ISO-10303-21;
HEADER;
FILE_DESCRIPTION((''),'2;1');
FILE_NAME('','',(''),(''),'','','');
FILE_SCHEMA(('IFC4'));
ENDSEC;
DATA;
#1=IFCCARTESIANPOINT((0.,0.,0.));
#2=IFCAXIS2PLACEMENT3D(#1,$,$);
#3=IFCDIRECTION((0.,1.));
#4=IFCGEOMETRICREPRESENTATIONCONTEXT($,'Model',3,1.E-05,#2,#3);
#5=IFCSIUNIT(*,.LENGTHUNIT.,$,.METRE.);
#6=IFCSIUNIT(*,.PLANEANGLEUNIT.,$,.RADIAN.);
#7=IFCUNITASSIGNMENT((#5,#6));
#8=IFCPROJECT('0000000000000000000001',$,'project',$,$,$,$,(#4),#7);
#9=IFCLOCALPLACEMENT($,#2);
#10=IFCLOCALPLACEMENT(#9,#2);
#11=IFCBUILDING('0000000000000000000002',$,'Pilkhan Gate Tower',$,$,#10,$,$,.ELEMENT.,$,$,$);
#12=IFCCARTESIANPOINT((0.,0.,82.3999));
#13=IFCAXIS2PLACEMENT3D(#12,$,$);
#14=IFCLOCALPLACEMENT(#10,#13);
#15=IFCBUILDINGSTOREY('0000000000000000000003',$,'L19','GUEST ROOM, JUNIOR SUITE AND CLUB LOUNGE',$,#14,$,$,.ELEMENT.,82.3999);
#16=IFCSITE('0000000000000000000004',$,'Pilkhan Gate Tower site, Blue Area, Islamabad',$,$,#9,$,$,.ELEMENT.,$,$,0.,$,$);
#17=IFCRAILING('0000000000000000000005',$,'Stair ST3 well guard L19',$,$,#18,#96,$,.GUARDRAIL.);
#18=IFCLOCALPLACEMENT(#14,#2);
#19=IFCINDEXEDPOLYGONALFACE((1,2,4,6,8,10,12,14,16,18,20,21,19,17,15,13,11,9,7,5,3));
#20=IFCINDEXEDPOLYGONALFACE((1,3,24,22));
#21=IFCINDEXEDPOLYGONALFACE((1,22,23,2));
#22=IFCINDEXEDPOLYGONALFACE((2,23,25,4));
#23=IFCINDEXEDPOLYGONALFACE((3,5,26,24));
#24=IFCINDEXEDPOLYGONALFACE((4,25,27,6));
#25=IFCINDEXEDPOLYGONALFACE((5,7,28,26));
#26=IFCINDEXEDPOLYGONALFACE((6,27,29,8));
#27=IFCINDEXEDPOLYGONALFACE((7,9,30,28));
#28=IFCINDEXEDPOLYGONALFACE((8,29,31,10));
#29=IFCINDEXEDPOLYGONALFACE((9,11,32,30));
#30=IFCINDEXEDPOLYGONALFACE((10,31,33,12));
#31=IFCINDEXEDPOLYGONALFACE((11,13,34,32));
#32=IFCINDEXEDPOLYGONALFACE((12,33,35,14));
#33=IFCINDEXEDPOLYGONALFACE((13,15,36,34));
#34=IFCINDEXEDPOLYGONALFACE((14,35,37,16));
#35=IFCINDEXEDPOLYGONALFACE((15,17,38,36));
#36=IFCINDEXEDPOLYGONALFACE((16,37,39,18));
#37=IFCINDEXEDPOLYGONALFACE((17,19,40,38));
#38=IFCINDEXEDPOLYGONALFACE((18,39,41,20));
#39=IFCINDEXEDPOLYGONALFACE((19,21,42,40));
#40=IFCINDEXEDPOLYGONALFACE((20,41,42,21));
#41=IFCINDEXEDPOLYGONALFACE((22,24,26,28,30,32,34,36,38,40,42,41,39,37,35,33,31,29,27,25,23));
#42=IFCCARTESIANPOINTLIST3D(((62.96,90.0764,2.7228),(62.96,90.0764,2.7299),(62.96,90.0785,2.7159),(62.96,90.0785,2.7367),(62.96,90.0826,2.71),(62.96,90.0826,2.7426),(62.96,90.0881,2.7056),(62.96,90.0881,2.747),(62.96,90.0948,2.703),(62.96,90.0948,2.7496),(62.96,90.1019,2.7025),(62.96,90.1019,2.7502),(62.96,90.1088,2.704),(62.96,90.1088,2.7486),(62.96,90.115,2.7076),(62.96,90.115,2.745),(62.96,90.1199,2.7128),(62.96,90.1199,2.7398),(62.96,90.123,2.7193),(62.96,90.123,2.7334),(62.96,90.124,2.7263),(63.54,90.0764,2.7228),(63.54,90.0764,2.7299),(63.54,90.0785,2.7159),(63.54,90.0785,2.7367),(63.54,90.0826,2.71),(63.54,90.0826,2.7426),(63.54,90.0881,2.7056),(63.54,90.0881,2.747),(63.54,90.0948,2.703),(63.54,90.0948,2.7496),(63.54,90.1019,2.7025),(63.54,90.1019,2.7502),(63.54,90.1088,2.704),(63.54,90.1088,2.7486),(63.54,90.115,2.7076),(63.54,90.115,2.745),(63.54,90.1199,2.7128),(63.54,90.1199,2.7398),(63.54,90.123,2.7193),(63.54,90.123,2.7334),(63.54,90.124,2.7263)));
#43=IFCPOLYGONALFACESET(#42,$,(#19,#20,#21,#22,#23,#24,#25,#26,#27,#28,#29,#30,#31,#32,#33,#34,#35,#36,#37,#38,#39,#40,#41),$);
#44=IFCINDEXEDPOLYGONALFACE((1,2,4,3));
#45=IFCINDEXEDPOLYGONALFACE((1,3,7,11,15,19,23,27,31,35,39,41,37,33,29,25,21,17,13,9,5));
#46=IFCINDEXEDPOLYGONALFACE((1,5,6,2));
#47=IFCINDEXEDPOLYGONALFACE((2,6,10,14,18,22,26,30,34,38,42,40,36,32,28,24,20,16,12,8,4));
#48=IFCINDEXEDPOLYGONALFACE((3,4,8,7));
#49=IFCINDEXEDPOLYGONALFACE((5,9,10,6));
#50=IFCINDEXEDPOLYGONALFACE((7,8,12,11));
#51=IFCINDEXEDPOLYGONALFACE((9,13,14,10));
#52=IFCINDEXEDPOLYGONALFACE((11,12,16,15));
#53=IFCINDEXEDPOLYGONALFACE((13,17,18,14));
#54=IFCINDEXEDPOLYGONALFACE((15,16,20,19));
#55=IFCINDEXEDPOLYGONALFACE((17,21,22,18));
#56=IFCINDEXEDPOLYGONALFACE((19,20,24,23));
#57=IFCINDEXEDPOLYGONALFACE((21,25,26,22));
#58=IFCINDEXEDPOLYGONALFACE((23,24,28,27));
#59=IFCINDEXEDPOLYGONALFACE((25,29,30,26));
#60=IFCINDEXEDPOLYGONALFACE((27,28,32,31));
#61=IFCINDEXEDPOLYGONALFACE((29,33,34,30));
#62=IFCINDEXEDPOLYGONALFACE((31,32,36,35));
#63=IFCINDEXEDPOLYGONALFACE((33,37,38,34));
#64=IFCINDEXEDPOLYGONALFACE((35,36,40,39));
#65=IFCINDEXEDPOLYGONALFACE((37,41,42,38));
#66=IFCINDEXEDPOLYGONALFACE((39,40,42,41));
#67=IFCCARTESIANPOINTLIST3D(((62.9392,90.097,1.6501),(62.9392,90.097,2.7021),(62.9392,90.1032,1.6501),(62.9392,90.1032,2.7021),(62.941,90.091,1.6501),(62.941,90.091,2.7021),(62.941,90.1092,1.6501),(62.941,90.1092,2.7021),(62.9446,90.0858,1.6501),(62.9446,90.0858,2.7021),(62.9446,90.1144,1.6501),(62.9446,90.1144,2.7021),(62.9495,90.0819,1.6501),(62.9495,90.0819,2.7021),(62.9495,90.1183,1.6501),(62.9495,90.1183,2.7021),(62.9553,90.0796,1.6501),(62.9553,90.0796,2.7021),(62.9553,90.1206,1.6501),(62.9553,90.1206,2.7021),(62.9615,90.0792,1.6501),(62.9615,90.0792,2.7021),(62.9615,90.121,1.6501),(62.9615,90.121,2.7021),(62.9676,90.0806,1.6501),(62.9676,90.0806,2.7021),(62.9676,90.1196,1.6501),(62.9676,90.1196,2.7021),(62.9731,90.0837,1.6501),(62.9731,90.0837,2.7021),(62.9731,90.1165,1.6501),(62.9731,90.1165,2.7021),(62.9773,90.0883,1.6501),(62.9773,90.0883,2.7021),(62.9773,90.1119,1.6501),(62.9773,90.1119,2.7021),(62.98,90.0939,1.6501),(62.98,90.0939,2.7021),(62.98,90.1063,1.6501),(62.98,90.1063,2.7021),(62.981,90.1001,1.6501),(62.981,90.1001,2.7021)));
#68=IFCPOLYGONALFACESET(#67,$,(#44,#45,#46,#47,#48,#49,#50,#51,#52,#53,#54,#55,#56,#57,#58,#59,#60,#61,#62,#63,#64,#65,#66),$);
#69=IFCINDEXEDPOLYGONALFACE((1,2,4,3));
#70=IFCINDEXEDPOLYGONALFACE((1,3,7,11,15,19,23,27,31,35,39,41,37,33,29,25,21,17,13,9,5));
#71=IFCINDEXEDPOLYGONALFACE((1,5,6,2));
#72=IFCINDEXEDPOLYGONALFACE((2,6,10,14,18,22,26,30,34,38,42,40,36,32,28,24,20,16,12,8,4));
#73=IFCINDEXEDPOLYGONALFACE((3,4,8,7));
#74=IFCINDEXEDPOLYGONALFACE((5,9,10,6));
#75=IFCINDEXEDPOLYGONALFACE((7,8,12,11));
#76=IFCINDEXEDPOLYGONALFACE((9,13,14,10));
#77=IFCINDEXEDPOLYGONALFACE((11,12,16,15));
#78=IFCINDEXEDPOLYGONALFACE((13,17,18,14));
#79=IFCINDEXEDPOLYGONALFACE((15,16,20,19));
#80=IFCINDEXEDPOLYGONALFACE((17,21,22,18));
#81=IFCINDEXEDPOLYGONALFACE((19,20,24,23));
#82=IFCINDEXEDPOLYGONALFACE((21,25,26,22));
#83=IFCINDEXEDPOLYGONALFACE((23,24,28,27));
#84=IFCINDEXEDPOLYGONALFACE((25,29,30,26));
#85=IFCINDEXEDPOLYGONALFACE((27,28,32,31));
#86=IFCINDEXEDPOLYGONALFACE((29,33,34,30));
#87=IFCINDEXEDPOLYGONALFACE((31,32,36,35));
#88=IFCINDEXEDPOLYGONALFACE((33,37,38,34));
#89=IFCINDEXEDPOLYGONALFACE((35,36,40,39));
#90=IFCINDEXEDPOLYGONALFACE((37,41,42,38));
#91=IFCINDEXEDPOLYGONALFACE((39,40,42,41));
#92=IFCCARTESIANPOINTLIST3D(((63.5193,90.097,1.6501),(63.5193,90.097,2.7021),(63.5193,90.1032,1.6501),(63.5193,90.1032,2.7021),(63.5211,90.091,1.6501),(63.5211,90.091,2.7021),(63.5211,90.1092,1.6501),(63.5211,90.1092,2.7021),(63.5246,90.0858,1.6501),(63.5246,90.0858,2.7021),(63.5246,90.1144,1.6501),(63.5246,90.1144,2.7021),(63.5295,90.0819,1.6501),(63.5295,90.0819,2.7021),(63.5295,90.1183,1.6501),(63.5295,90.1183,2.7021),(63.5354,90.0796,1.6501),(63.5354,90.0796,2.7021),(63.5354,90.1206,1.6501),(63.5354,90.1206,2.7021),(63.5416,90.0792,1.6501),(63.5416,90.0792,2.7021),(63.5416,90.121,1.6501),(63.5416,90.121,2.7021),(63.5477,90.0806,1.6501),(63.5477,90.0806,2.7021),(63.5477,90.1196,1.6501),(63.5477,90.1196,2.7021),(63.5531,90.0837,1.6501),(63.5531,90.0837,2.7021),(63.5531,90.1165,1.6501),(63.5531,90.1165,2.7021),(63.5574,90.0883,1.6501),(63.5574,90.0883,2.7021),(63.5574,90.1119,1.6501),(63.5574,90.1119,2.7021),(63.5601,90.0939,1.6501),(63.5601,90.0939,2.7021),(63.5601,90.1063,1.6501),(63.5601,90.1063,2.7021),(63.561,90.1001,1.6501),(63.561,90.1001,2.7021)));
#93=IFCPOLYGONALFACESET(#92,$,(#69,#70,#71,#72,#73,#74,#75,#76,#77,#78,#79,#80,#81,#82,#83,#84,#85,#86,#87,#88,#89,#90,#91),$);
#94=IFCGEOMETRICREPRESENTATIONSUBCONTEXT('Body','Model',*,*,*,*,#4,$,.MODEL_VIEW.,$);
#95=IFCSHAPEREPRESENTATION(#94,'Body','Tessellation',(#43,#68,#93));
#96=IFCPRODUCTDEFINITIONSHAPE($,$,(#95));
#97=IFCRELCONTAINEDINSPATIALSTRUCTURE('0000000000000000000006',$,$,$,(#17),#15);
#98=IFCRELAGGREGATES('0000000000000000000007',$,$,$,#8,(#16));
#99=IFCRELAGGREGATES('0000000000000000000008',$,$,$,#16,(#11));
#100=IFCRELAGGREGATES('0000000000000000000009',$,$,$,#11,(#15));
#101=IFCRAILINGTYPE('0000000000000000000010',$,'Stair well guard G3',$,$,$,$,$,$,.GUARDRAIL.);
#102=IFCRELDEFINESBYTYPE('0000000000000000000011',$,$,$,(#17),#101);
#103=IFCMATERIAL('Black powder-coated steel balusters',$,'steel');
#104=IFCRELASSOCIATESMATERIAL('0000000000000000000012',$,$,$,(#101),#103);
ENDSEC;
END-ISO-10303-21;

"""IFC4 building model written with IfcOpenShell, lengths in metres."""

from ifc_helpers import new_model, si_unit, direction, frame, origin, origin_2d, place, context, subcontext, project, spatial, circle, extrude, material, type_object, element, save


model = new_model("IFC4")

# Units and contexts
model_context = context("Model", 3, precision=1e-05, world=origin(), true_north=direction((0.0, 1.0)))
body_context = subcontext(model_context, "Body", "Model", "MODEL_VIEW")
ifc_project = project(units=[si_unit("LENGTHUNIT", "METRE"), si_unit("PLANEANGLEUNIT", "RADIAN")], contexts=[model_context])

# Site, building, storey
site_placement = place(None, origin())
site = spatial("IfcSite", under=ifc_project, at=site_placement, Name="Pilkhan Gate Tower site, Blue Area, Islamabad", CompositionType="ELEMENT", RefElevation=0.0)
building_placement = place(site_placement, origin())
building = spatial("IfcBuilding", under=site, at=building_placement, Name="Pilkhan Gate Tower", CompositionType="ELEMENT")
storey_placement = place(building_placement, frame((0.0, 0.0, 82.3999)))
storey = spatial("IfcBuildingStorey", under=building, at=storey_placement, Name="L19", Description="GUEST ROOM, JUNIOR SUITE AND CLUB LOUNGE", CompositionType="ELEMENT", Elevation=82.3999)

# Railing
ifc_material_1 = material(Name="Black powder-coated steel balusters", Category="steel")
railing_type_1 = type_object("IfcRailingType", Name="Stair well guard G3", PredefinedType="GUARDRAIL", material=ifc_material_1)
for number, where, name in (
    (1, (62.96, 90.1001, 1.6501), "Stair ST3 well guard L19"),
):
    element("IfcRailing", number, at=place(storey_placement, frame(where)), inside=storey, type_object=railing_type_1, Name=name, PredefinedType="GUARDRAIL", context=body_context, shape_type="SweptSolid", body=[
        extrude(circle(Radius=0.0239, at=origin_2d()), frame((0.0, 0.0, 1.0762), z_axis=(1.0, 0.0, 0.0), x_axis=(0.0, 1.0, 0.0)), (0.0, 0.0, 1.0), 0.5801),
        extrude(circle(Radius=0.021, at=origin_2d()), origin(), (0.0, 0.0, 1.0), 1.052),
        extrude(circle(Radius=0.021, at=origin_2d()), frame((0.5801, 0.0, 0.0)), (0.0, 0.0, 1.0), 1.052),
    ])

save(model, "model.ifc")
